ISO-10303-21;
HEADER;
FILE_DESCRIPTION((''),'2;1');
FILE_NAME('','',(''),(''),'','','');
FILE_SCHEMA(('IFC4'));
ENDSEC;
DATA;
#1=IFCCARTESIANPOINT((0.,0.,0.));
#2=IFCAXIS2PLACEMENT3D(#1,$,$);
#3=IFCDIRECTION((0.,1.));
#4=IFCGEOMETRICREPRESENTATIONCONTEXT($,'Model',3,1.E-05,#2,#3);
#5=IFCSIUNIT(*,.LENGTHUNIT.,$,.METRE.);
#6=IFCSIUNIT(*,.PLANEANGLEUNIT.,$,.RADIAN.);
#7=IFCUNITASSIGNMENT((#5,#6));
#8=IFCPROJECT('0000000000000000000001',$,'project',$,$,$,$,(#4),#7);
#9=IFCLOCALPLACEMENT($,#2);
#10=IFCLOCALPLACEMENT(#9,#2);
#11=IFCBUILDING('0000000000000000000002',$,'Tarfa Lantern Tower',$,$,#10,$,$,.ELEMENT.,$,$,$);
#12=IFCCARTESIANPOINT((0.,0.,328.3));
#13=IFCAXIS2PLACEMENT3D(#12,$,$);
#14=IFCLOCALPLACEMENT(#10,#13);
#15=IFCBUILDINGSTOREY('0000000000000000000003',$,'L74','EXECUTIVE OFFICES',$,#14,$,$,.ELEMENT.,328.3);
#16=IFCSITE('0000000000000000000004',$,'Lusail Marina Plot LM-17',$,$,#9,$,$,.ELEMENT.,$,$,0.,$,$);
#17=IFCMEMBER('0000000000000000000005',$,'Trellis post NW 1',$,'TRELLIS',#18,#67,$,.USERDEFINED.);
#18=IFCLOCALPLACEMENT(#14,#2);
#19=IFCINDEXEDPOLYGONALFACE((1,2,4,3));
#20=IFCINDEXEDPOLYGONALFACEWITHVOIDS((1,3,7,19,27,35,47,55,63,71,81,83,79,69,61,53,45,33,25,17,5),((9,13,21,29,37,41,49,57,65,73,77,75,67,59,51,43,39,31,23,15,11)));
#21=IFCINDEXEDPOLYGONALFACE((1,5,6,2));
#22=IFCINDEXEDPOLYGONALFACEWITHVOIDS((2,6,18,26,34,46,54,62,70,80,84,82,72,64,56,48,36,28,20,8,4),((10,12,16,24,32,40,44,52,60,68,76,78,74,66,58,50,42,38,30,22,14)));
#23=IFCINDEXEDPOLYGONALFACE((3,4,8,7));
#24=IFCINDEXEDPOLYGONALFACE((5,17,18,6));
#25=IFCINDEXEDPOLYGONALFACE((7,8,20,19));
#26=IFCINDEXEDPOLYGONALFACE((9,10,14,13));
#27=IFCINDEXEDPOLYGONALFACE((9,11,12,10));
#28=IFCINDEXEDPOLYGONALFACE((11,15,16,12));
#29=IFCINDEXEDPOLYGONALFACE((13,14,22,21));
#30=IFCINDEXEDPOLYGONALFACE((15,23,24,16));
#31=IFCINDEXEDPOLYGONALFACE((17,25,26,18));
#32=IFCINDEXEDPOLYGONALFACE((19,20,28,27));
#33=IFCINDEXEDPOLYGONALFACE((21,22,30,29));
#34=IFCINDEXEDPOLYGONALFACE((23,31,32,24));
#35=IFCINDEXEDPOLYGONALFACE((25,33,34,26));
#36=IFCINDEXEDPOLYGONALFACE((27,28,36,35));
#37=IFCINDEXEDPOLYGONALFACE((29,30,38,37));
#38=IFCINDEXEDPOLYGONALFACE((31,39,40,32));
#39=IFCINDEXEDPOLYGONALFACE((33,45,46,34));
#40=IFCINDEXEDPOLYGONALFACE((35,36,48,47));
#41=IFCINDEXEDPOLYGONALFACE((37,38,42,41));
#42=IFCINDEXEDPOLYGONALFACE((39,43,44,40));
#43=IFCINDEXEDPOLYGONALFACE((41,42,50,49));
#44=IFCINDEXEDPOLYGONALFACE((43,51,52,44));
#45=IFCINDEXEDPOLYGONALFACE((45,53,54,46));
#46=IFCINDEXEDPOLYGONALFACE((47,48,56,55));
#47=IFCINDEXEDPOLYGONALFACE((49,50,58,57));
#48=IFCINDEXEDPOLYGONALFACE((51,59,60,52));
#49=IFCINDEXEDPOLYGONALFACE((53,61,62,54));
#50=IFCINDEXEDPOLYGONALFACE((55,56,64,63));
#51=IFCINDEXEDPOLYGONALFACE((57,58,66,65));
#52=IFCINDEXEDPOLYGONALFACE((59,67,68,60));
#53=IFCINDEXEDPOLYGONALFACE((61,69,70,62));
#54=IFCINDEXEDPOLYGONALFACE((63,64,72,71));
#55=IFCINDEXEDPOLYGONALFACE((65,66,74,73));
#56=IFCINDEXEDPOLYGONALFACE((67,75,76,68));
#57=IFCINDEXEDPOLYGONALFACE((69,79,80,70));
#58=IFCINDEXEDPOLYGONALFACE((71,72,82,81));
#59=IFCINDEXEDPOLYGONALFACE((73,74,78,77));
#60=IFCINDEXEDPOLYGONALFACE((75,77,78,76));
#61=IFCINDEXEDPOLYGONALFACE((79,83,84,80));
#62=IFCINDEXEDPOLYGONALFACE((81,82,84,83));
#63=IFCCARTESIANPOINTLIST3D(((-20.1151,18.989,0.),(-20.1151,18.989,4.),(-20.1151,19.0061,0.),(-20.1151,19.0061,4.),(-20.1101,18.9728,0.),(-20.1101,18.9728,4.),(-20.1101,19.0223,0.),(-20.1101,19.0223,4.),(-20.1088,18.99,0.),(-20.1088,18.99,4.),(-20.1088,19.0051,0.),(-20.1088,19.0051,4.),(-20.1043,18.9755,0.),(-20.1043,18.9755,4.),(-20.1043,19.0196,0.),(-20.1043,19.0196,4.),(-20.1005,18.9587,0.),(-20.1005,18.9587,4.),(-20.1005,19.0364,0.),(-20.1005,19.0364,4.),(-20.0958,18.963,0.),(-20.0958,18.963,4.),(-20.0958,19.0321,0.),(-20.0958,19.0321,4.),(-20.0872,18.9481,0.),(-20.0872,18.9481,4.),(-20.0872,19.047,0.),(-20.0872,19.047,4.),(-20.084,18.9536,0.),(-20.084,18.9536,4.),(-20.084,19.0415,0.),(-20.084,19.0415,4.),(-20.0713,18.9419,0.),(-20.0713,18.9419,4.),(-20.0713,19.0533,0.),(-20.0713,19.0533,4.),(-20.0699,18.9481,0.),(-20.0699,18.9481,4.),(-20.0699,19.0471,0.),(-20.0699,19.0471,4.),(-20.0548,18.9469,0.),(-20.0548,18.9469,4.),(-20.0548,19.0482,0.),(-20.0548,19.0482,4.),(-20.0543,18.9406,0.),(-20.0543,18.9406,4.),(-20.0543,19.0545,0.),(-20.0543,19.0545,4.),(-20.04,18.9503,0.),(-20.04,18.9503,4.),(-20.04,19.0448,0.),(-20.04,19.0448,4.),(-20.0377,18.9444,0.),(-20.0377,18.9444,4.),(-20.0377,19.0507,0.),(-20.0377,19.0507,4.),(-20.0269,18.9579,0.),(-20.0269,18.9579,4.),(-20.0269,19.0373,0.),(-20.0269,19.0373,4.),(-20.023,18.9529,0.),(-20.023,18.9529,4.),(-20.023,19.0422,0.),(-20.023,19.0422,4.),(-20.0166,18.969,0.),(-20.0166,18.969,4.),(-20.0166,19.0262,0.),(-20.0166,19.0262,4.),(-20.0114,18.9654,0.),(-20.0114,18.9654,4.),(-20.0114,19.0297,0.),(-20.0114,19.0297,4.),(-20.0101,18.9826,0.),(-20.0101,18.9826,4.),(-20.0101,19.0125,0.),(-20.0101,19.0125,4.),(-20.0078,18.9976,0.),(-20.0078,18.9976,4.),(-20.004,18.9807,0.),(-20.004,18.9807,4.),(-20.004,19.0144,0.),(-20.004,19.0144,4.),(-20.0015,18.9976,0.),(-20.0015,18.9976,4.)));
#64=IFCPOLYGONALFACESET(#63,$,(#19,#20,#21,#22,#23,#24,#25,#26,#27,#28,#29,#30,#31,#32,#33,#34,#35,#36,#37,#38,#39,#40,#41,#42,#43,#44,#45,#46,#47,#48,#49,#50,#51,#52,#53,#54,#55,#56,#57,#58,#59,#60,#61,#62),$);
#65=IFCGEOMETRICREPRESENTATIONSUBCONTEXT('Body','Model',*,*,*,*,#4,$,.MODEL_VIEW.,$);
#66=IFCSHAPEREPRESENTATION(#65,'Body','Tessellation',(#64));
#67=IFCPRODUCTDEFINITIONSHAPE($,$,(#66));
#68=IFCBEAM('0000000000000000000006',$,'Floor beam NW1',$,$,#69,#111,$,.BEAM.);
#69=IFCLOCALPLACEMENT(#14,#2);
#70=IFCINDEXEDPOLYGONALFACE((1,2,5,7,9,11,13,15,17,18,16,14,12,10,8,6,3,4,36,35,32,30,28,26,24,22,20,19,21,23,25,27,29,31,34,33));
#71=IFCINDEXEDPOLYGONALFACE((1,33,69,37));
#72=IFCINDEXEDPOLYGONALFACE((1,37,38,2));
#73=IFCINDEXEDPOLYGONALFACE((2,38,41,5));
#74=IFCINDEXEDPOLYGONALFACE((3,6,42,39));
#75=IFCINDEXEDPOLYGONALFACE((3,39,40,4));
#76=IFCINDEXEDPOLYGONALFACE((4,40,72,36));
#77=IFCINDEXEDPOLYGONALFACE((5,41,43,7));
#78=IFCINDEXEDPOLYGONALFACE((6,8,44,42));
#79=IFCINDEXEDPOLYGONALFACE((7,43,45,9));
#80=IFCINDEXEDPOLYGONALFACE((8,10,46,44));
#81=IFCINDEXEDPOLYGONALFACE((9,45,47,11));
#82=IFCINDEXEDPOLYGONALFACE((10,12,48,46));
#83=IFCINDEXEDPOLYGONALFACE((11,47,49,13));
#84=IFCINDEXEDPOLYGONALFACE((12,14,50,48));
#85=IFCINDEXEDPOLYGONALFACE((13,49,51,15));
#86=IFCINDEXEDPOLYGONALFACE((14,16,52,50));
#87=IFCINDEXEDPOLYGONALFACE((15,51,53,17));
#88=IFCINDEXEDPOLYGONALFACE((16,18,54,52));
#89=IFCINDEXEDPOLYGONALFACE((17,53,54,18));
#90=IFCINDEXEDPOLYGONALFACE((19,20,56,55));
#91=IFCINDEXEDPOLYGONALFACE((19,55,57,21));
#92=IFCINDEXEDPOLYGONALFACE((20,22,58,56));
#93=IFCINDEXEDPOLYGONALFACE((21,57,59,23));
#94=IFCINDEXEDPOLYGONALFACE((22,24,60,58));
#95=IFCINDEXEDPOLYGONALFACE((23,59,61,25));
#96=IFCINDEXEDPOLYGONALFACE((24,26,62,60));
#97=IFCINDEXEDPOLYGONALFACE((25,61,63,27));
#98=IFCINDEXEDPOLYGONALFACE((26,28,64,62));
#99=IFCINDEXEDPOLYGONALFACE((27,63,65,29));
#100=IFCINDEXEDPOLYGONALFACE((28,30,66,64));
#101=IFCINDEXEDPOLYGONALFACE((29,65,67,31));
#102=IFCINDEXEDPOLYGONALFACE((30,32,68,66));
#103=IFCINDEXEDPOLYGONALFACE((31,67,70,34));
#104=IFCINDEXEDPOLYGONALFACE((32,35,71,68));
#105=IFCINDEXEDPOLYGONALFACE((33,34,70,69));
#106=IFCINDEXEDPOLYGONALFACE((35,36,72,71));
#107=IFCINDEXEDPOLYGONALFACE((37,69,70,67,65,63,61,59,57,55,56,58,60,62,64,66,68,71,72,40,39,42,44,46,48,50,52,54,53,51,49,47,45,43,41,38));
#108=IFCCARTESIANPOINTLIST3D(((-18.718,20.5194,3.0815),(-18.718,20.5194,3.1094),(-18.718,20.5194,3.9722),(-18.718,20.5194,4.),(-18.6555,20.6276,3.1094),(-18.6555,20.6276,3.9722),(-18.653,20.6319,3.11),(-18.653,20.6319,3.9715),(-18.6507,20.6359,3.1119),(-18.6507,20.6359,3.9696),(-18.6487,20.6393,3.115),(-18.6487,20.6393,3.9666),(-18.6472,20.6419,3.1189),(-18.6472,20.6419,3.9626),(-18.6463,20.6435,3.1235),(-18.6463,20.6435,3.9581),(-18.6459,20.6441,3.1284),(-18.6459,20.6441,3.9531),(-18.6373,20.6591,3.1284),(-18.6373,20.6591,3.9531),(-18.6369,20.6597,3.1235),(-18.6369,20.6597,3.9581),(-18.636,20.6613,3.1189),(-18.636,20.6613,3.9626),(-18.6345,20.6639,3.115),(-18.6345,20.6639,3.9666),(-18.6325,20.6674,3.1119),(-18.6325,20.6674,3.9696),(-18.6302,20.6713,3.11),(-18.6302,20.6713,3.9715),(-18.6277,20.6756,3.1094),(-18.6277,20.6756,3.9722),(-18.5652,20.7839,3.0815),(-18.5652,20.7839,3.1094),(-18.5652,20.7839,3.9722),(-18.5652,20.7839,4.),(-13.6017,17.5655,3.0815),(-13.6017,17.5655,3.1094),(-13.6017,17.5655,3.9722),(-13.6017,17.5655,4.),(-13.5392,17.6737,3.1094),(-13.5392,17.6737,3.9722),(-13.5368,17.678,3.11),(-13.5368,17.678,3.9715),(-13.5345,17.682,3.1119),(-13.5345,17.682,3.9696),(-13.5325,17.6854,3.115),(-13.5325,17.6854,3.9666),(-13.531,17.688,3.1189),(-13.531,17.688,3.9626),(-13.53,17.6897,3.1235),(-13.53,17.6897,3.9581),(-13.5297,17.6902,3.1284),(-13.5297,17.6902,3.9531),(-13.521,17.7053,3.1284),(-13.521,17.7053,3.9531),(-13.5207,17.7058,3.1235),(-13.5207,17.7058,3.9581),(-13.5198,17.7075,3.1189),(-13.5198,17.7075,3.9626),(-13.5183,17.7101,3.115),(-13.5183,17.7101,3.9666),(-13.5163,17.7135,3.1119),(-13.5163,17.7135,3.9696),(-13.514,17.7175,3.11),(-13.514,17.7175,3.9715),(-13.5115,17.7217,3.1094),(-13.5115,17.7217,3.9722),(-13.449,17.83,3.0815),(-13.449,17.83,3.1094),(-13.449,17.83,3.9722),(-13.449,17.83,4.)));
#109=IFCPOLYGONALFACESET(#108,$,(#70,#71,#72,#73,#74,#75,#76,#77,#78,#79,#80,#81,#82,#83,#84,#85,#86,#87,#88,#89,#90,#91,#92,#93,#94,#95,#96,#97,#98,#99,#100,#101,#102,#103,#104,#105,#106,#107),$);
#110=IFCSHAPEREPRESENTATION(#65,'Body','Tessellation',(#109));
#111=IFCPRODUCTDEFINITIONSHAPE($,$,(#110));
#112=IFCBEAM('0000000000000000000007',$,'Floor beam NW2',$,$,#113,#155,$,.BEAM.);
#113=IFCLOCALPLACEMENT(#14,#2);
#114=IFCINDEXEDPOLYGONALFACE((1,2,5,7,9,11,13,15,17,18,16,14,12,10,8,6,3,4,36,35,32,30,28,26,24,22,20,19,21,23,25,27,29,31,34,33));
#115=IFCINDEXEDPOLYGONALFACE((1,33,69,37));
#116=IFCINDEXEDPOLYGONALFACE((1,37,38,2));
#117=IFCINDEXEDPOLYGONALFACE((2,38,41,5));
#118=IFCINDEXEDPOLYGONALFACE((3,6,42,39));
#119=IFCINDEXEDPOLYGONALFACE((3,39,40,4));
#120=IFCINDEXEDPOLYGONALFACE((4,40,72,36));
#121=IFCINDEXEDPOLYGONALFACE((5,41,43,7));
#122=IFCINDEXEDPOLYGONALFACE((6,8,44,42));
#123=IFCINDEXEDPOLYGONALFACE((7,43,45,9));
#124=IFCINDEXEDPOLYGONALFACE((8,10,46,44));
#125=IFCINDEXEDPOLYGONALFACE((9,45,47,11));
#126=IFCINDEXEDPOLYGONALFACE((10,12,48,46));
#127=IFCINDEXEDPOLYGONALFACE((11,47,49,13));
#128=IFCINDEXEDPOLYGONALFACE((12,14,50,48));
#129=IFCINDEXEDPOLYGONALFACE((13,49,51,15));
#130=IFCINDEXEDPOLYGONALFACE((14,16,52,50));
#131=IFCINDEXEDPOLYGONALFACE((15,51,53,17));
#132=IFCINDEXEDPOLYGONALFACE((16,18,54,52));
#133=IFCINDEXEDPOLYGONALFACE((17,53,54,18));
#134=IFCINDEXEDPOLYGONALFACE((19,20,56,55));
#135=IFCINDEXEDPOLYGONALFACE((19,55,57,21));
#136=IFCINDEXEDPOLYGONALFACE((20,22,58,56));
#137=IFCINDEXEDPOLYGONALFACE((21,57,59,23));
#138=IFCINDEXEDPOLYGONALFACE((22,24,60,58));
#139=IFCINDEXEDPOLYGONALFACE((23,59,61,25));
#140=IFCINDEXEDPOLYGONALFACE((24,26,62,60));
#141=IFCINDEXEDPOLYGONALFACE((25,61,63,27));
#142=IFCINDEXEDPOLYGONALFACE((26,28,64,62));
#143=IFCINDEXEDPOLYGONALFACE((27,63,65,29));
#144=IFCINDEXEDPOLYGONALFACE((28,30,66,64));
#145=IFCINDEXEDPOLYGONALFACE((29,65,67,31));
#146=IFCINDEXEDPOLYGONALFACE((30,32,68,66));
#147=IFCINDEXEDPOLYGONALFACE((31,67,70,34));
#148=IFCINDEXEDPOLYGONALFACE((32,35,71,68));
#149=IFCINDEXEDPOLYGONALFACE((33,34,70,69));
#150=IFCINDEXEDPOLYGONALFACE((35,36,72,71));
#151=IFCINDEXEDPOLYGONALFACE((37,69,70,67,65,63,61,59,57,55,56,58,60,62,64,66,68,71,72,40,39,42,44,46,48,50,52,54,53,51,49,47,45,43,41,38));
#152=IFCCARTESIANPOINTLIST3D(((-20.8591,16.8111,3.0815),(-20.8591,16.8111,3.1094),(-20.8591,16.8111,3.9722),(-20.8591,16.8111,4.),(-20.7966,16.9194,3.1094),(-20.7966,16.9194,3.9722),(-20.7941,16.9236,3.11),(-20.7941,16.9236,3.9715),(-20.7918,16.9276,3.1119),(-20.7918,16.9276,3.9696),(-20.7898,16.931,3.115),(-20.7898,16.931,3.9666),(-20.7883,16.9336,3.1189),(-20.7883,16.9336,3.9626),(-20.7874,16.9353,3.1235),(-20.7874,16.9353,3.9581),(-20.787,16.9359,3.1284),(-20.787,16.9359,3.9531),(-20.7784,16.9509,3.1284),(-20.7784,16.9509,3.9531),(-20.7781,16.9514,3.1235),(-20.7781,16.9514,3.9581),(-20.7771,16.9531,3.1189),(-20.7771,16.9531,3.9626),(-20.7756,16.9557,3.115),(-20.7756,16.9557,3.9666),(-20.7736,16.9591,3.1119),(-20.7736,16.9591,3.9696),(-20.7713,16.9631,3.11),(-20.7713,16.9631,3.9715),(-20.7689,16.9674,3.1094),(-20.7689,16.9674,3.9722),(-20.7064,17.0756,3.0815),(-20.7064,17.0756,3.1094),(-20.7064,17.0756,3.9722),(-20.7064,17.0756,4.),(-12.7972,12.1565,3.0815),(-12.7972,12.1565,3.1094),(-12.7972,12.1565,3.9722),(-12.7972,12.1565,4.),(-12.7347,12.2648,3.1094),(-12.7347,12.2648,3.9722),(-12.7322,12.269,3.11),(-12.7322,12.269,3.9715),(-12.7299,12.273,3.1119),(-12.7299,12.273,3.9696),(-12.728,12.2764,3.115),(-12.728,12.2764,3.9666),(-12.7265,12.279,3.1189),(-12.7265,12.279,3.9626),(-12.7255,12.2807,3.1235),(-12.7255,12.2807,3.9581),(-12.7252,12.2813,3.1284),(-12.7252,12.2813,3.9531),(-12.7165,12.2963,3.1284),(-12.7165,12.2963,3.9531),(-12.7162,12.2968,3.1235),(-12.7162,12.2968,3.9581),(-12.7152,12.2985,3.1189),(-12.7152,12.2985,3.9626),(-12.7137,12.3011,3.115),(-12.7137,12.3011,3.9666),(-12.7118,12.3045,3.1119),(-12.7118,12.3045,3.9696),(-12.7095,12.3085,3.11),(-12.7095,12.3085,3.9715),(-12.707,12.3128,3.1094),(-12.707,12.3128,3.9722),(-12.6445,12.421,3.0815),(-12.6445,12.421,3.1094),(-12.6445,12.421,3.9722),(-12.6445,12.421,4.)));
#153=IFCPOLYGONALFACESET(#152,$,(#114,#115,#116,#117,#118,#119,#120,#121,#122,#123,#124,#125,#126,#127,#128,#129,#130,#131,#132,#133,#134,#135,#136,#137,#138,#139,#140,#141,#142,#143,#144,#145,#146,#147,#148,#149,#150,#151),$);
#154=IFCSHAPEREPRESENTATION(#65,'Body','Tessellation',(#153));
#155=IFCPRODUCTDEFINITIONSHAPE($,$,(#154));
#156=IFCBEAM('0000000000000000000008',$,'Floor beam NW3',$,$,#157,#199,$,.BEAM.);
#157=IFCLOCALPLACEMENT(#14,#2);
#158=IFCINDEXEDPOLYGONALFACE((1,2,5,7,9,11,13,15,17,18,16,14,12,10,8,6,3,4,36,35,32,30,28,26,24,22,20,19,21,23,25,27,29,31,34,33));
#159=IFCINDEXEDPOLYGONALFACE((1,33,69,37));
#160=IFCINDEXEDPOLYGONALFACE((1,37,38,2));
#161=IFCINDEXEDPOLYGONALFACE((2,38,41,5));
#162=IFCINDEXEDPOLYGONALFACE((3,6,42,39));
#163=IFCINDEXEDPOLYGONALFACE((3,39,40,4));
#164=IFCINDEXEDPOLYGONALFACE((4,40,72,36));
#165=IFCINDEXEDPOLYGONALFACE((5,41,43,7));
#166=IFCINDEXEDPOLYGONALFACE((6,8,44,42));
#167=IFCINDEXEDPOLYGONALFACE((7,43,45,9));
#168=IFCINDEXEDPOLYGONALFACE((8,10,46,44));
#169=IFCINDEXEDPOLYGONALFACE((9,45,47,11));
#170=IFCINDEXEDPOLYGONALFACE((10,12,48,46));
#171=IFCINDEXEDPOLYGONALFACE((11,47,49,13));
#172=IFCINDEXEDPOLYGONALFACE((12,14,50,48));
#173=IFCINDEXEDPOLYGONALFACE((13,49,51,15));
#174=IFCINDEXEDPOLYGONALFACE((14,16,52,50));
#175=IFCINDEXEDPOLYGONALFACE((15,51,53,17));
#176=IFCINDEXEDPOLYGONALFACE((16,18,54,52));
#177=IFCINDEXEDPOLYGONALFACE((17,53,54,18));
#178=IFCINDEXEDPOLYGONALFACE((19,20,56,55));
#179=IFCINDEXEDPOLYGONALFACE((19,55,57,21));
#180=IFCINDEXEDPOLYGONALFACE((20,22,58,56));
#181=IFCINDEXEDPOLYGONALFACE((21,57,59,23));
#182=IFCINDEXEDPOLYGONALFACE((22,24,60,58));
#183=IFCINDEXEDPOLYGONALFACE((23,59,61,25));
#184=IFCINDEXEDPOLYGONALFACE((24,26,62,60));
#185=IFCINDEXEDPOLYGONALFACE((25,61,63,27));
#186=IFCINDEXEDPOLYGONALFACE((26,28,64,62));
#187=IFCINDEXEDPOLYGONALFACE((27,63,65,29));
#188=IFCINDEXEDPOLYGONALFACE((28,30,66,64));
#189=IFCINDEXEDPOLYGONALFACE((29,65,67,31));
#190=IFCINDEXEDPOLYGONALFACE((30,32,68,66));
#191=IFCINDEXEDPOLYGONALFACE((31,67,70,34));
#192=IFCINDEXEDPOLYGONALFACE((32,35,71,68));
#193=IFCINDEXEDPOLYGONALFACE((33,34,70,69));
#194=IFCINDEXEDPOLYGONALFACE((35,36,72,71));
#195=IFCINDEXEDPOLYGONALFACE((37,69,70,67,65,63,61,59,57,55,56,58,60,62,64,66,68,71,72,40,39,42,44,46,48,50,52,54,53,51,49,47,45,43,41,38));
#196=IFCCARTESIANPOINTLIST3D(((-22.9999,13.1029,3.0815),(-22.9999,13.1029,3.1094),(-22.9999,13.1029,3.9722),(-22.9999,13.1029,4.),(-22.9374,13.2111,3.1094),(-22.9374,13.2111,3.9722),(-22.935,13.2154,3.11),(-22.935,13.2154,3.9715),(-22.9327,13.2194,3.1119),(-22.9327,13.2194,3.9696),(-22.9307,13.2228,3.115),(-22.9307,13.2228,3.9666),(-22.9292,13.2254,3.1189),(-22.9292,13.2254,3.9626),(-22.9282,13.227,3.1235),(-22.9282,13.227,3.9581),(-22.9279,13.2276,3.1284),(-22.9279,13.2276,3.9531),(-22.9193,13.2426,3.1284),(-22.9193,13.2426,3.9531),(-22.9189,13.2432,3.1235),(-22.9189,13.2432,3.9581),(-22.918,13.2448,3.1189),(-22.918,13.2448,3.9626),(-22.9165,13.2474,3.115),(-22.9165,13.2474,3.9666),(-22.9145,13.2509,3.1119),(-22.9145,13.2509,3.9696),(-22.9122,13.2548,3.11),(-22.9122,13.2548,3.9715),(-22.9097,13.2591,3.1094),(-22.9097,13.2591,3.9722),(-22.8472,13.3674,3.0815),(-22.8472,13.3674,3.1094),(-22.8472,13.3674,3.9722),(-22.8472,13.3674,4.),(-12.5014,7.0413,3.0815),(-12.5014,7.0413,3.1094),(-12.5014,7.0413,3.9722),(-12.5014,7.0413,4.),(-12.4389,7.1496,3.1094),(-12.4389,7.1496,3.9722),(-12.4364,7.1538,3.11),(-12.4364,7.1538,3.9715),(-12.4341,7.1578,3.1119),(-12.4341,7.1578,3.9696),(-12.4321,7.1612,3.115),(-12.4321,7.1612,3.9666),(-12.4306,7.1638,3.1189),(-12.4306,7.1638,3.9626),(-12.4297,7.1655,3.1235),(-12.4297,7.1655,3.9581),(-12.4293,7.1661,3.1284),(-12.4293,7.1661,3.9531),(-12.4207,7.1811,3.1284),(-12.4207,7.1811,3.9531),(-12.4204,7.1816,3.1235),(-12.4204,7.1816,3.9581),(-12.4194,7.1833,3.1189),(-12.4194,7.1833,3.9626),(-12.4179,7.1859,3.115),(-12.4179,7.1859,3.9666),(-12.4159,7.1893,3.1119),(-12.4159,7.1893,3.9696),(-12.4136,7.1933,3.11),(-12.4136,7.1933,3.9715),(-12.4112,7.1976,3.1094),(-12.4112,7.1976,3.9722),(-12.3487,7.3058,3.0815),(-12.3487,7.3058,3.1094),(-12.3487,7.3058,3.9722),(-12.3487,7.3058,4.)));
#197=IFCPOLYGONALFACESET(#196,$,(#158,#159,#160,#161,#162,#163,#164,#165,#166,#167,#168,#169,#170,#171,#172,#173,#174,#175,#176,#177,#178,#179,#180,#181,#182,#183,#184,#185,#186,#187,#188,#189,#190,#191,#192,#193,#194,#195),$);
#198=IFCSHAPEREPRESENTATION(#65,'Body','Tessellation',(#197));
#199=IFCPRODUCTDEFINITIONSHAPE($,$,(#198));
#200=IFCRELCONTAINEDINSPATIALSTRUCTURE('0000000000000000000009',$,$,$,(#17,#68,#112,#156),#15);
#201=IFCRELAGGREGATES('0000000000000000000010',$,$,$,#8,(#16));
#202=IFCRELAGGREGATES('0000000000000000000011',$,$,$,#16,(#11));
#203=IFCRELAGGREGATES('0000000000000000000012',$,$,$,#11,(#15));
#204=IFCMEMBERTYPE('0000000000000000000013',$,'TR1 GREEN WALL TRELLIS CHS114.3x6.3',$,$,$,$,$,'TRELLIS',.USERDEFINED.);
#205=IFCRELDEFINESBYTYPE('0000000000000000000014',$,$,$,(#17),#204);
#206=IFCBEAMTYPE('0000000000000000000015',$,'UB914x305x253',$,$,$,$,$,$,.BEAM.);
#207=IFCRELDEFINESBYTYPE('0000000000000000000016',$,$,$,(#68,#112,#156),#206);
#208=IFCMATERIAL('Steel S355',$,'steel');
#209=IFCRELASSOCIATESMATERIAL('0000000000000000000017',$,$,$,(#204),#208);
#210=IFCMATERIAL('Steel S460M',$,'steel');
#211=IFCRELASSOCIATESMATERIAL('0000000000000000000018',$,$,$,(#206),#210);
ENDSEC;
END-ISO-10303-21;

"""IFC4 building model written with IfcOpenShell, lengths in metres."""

from ifc_helpers import new_model, si_unit, direction, frame, origin, origin_2d, place, context, subcontext, project, spatial, hollow_circle, i_section, extrude, material, material_profile, profile_set, type_object, element, save


model = new_model("IFC4")

# Units and contexts
model_context = context("Model", 3, precision=1e-05, world=origin(), true_north=direction((0.0, 1.0)))
body_context = subcontext(model_context, "Body", "Model", "MODEL_VIEW")
ifc_project = project(units=[si_unit("LENGTHUNIT", "METRE"), si_unit("PLANEANGLEUNIT", "RADIAN")], contexts=[model_context])

# Site, building, storey
site_placement = place(None, origin())
site = spatial("IfcSite", under=ifc_project, at=site_placement, Name="Lusail Marina Plot LM-17", CompositionType="ELEMENT", RefElevation=0.0)
building_placement = place(site_placement, origin())
building = spatial("IfcBuilding", under=site, at=building_placement, Name="Tarfa Lantern Tower", CompositionType="ELEMENT")
storey_placement = place(building_placement, frame((0.0, 0.0, 328.3)))
storey = spatial("IfcBuildingStorey", under=building, at=storey_placement, Name="L74", Description="EXECUTIVE OFFICES", CompositionType="ELEMENT", Elevation=328.3)

# Member
ifc_material_1 = material(Name="Steel S355", Category="steel")
ifc_material_profile_1 = material_profile(ifc_material_1, hollow_circle(Radius=0.0571, WallThickness=0.0063, at=origin_2d()), Name="CHS114.3x6.3")
ifc_profile_set_1 = profile_set([ifc_material_profile_1], Name="Steel S355")
member_type_1 = type_object("IfcMemberType", Name="TR1 GREEN WALL TRELLIS CHS114.3x6.3", ElementType="TRELLIS", PredefinedType="USERDEFINED", material=ifc_profile_set_1)
member_1_placement = place(storey_placement, frame((-20.0586, 18.9976, 0.0), z_axis=(0.0, 0.0, 1.0), x_axis=(1.0, 0.0, 0.0)))
element("IfcMember", 1, at=member_1_placement, inside=storey, type_object=member_type_1, Name="Trellis post NW 1", ObjectType="TRELLIS", PredefinedType="USERDEFINED", context=body_context, shape_type="SweptSolid", body=[
    extrude(hollow_circle(Radius=0.0571, WallThickness=0.0063, at=origin_2d()), origin(), (0.0, 0.0, 1.0), 4.0),
])

# Beams
ifc_material_2 = material(Name="Steel S460M", Category="steel")
ifc_material_profile_2 = material_profile(ifc_material_2, i_section(OverallWidth=0.3054, OverallDepth=0.9185, WebThickness=0.0173, FlangeThickness=0.0278, FilletRadius=0.019, at=origin_2d()), Name="UB914x305x253")
ifc_profile_set_2 = profile_set([ifc_material_profile_2], Name="Steel S460M")
beam_type_1 = type_object("IfcBeamType", Name="UB914x305x253", PredefinedType="BEAM", material=ifc_profile_set_2)
beam_1_placement = place(storey_placement, frame((-18.6416, 20.6516, 3.5408), z_axis=(0.866025, -0.500001, 0.0), x_axis=(0.500001, 0.866025, 0.0)))
element("IfcBeam", 2, at=beam_1_placement, inside=storey, type_object=beam_type_1, Name="Floor beam NW1", PredefinedType="BEAM", context=body_context, shape_type="SweptSolid", body=[
    extrude(i_section(OverallWidth=0.3054, OverallDepth=0.9185, WebThickness=0.0173, FlangeThickness=0.0278, FilletRadius=0.019, at=origin_2d()), origin(), (0.0, 0.0, 1.0), 5.9077),
])
beam_2_placement = place(storey_placement, frame((-20.7827, 16.9434, 3.5408), z_axis=(0.866022, -0.500006, 0.0), x_axis=(0.500006, 0.866022, 0.0)))
element("IfcBeam", 3, at=beam_2_placement, inside=storey, type_object=beam_type_1, Name="Floor beam NW2", PredefinedType="BEAM", context=body_context, shape_type="SweptSolid", body=[
    extrude(i_section(OverallWidth=0.3054, OverallDepth=0.9185, WebThickness=0.0173, FlangeThickness=0.0278, FilletRadius=0.019, at=origin_2d()), origin(), (0.0, 0.0, 1.0), 9.3091),
])
beam_3_placement = place(storey_placement, frame((-22.9236, 13.2351, 3.5408), z_axis=(0.866019, -0.500012, 0.0), x_axis=(0.500012, 0.866019, 0.0)))
element("IfcBeam", 4, at=beam_3_placement, inside=storey, type_object=beam_type_1, Name="Floor beam NW3", PredefinedType="BEAM", context=body_context, shape_type="SweptSolid", body=[
    extrude(i_section(OverallWidth=0.3054, OverallDepth=0.9185, WebThickness=0.0173, FlangeThickness=0.0278, FilletRadius=0.019, at=origin_2d()), origin(), (0.0, 0.0, 1.0), 12.1228),
])

save(model, "model.ifc")
